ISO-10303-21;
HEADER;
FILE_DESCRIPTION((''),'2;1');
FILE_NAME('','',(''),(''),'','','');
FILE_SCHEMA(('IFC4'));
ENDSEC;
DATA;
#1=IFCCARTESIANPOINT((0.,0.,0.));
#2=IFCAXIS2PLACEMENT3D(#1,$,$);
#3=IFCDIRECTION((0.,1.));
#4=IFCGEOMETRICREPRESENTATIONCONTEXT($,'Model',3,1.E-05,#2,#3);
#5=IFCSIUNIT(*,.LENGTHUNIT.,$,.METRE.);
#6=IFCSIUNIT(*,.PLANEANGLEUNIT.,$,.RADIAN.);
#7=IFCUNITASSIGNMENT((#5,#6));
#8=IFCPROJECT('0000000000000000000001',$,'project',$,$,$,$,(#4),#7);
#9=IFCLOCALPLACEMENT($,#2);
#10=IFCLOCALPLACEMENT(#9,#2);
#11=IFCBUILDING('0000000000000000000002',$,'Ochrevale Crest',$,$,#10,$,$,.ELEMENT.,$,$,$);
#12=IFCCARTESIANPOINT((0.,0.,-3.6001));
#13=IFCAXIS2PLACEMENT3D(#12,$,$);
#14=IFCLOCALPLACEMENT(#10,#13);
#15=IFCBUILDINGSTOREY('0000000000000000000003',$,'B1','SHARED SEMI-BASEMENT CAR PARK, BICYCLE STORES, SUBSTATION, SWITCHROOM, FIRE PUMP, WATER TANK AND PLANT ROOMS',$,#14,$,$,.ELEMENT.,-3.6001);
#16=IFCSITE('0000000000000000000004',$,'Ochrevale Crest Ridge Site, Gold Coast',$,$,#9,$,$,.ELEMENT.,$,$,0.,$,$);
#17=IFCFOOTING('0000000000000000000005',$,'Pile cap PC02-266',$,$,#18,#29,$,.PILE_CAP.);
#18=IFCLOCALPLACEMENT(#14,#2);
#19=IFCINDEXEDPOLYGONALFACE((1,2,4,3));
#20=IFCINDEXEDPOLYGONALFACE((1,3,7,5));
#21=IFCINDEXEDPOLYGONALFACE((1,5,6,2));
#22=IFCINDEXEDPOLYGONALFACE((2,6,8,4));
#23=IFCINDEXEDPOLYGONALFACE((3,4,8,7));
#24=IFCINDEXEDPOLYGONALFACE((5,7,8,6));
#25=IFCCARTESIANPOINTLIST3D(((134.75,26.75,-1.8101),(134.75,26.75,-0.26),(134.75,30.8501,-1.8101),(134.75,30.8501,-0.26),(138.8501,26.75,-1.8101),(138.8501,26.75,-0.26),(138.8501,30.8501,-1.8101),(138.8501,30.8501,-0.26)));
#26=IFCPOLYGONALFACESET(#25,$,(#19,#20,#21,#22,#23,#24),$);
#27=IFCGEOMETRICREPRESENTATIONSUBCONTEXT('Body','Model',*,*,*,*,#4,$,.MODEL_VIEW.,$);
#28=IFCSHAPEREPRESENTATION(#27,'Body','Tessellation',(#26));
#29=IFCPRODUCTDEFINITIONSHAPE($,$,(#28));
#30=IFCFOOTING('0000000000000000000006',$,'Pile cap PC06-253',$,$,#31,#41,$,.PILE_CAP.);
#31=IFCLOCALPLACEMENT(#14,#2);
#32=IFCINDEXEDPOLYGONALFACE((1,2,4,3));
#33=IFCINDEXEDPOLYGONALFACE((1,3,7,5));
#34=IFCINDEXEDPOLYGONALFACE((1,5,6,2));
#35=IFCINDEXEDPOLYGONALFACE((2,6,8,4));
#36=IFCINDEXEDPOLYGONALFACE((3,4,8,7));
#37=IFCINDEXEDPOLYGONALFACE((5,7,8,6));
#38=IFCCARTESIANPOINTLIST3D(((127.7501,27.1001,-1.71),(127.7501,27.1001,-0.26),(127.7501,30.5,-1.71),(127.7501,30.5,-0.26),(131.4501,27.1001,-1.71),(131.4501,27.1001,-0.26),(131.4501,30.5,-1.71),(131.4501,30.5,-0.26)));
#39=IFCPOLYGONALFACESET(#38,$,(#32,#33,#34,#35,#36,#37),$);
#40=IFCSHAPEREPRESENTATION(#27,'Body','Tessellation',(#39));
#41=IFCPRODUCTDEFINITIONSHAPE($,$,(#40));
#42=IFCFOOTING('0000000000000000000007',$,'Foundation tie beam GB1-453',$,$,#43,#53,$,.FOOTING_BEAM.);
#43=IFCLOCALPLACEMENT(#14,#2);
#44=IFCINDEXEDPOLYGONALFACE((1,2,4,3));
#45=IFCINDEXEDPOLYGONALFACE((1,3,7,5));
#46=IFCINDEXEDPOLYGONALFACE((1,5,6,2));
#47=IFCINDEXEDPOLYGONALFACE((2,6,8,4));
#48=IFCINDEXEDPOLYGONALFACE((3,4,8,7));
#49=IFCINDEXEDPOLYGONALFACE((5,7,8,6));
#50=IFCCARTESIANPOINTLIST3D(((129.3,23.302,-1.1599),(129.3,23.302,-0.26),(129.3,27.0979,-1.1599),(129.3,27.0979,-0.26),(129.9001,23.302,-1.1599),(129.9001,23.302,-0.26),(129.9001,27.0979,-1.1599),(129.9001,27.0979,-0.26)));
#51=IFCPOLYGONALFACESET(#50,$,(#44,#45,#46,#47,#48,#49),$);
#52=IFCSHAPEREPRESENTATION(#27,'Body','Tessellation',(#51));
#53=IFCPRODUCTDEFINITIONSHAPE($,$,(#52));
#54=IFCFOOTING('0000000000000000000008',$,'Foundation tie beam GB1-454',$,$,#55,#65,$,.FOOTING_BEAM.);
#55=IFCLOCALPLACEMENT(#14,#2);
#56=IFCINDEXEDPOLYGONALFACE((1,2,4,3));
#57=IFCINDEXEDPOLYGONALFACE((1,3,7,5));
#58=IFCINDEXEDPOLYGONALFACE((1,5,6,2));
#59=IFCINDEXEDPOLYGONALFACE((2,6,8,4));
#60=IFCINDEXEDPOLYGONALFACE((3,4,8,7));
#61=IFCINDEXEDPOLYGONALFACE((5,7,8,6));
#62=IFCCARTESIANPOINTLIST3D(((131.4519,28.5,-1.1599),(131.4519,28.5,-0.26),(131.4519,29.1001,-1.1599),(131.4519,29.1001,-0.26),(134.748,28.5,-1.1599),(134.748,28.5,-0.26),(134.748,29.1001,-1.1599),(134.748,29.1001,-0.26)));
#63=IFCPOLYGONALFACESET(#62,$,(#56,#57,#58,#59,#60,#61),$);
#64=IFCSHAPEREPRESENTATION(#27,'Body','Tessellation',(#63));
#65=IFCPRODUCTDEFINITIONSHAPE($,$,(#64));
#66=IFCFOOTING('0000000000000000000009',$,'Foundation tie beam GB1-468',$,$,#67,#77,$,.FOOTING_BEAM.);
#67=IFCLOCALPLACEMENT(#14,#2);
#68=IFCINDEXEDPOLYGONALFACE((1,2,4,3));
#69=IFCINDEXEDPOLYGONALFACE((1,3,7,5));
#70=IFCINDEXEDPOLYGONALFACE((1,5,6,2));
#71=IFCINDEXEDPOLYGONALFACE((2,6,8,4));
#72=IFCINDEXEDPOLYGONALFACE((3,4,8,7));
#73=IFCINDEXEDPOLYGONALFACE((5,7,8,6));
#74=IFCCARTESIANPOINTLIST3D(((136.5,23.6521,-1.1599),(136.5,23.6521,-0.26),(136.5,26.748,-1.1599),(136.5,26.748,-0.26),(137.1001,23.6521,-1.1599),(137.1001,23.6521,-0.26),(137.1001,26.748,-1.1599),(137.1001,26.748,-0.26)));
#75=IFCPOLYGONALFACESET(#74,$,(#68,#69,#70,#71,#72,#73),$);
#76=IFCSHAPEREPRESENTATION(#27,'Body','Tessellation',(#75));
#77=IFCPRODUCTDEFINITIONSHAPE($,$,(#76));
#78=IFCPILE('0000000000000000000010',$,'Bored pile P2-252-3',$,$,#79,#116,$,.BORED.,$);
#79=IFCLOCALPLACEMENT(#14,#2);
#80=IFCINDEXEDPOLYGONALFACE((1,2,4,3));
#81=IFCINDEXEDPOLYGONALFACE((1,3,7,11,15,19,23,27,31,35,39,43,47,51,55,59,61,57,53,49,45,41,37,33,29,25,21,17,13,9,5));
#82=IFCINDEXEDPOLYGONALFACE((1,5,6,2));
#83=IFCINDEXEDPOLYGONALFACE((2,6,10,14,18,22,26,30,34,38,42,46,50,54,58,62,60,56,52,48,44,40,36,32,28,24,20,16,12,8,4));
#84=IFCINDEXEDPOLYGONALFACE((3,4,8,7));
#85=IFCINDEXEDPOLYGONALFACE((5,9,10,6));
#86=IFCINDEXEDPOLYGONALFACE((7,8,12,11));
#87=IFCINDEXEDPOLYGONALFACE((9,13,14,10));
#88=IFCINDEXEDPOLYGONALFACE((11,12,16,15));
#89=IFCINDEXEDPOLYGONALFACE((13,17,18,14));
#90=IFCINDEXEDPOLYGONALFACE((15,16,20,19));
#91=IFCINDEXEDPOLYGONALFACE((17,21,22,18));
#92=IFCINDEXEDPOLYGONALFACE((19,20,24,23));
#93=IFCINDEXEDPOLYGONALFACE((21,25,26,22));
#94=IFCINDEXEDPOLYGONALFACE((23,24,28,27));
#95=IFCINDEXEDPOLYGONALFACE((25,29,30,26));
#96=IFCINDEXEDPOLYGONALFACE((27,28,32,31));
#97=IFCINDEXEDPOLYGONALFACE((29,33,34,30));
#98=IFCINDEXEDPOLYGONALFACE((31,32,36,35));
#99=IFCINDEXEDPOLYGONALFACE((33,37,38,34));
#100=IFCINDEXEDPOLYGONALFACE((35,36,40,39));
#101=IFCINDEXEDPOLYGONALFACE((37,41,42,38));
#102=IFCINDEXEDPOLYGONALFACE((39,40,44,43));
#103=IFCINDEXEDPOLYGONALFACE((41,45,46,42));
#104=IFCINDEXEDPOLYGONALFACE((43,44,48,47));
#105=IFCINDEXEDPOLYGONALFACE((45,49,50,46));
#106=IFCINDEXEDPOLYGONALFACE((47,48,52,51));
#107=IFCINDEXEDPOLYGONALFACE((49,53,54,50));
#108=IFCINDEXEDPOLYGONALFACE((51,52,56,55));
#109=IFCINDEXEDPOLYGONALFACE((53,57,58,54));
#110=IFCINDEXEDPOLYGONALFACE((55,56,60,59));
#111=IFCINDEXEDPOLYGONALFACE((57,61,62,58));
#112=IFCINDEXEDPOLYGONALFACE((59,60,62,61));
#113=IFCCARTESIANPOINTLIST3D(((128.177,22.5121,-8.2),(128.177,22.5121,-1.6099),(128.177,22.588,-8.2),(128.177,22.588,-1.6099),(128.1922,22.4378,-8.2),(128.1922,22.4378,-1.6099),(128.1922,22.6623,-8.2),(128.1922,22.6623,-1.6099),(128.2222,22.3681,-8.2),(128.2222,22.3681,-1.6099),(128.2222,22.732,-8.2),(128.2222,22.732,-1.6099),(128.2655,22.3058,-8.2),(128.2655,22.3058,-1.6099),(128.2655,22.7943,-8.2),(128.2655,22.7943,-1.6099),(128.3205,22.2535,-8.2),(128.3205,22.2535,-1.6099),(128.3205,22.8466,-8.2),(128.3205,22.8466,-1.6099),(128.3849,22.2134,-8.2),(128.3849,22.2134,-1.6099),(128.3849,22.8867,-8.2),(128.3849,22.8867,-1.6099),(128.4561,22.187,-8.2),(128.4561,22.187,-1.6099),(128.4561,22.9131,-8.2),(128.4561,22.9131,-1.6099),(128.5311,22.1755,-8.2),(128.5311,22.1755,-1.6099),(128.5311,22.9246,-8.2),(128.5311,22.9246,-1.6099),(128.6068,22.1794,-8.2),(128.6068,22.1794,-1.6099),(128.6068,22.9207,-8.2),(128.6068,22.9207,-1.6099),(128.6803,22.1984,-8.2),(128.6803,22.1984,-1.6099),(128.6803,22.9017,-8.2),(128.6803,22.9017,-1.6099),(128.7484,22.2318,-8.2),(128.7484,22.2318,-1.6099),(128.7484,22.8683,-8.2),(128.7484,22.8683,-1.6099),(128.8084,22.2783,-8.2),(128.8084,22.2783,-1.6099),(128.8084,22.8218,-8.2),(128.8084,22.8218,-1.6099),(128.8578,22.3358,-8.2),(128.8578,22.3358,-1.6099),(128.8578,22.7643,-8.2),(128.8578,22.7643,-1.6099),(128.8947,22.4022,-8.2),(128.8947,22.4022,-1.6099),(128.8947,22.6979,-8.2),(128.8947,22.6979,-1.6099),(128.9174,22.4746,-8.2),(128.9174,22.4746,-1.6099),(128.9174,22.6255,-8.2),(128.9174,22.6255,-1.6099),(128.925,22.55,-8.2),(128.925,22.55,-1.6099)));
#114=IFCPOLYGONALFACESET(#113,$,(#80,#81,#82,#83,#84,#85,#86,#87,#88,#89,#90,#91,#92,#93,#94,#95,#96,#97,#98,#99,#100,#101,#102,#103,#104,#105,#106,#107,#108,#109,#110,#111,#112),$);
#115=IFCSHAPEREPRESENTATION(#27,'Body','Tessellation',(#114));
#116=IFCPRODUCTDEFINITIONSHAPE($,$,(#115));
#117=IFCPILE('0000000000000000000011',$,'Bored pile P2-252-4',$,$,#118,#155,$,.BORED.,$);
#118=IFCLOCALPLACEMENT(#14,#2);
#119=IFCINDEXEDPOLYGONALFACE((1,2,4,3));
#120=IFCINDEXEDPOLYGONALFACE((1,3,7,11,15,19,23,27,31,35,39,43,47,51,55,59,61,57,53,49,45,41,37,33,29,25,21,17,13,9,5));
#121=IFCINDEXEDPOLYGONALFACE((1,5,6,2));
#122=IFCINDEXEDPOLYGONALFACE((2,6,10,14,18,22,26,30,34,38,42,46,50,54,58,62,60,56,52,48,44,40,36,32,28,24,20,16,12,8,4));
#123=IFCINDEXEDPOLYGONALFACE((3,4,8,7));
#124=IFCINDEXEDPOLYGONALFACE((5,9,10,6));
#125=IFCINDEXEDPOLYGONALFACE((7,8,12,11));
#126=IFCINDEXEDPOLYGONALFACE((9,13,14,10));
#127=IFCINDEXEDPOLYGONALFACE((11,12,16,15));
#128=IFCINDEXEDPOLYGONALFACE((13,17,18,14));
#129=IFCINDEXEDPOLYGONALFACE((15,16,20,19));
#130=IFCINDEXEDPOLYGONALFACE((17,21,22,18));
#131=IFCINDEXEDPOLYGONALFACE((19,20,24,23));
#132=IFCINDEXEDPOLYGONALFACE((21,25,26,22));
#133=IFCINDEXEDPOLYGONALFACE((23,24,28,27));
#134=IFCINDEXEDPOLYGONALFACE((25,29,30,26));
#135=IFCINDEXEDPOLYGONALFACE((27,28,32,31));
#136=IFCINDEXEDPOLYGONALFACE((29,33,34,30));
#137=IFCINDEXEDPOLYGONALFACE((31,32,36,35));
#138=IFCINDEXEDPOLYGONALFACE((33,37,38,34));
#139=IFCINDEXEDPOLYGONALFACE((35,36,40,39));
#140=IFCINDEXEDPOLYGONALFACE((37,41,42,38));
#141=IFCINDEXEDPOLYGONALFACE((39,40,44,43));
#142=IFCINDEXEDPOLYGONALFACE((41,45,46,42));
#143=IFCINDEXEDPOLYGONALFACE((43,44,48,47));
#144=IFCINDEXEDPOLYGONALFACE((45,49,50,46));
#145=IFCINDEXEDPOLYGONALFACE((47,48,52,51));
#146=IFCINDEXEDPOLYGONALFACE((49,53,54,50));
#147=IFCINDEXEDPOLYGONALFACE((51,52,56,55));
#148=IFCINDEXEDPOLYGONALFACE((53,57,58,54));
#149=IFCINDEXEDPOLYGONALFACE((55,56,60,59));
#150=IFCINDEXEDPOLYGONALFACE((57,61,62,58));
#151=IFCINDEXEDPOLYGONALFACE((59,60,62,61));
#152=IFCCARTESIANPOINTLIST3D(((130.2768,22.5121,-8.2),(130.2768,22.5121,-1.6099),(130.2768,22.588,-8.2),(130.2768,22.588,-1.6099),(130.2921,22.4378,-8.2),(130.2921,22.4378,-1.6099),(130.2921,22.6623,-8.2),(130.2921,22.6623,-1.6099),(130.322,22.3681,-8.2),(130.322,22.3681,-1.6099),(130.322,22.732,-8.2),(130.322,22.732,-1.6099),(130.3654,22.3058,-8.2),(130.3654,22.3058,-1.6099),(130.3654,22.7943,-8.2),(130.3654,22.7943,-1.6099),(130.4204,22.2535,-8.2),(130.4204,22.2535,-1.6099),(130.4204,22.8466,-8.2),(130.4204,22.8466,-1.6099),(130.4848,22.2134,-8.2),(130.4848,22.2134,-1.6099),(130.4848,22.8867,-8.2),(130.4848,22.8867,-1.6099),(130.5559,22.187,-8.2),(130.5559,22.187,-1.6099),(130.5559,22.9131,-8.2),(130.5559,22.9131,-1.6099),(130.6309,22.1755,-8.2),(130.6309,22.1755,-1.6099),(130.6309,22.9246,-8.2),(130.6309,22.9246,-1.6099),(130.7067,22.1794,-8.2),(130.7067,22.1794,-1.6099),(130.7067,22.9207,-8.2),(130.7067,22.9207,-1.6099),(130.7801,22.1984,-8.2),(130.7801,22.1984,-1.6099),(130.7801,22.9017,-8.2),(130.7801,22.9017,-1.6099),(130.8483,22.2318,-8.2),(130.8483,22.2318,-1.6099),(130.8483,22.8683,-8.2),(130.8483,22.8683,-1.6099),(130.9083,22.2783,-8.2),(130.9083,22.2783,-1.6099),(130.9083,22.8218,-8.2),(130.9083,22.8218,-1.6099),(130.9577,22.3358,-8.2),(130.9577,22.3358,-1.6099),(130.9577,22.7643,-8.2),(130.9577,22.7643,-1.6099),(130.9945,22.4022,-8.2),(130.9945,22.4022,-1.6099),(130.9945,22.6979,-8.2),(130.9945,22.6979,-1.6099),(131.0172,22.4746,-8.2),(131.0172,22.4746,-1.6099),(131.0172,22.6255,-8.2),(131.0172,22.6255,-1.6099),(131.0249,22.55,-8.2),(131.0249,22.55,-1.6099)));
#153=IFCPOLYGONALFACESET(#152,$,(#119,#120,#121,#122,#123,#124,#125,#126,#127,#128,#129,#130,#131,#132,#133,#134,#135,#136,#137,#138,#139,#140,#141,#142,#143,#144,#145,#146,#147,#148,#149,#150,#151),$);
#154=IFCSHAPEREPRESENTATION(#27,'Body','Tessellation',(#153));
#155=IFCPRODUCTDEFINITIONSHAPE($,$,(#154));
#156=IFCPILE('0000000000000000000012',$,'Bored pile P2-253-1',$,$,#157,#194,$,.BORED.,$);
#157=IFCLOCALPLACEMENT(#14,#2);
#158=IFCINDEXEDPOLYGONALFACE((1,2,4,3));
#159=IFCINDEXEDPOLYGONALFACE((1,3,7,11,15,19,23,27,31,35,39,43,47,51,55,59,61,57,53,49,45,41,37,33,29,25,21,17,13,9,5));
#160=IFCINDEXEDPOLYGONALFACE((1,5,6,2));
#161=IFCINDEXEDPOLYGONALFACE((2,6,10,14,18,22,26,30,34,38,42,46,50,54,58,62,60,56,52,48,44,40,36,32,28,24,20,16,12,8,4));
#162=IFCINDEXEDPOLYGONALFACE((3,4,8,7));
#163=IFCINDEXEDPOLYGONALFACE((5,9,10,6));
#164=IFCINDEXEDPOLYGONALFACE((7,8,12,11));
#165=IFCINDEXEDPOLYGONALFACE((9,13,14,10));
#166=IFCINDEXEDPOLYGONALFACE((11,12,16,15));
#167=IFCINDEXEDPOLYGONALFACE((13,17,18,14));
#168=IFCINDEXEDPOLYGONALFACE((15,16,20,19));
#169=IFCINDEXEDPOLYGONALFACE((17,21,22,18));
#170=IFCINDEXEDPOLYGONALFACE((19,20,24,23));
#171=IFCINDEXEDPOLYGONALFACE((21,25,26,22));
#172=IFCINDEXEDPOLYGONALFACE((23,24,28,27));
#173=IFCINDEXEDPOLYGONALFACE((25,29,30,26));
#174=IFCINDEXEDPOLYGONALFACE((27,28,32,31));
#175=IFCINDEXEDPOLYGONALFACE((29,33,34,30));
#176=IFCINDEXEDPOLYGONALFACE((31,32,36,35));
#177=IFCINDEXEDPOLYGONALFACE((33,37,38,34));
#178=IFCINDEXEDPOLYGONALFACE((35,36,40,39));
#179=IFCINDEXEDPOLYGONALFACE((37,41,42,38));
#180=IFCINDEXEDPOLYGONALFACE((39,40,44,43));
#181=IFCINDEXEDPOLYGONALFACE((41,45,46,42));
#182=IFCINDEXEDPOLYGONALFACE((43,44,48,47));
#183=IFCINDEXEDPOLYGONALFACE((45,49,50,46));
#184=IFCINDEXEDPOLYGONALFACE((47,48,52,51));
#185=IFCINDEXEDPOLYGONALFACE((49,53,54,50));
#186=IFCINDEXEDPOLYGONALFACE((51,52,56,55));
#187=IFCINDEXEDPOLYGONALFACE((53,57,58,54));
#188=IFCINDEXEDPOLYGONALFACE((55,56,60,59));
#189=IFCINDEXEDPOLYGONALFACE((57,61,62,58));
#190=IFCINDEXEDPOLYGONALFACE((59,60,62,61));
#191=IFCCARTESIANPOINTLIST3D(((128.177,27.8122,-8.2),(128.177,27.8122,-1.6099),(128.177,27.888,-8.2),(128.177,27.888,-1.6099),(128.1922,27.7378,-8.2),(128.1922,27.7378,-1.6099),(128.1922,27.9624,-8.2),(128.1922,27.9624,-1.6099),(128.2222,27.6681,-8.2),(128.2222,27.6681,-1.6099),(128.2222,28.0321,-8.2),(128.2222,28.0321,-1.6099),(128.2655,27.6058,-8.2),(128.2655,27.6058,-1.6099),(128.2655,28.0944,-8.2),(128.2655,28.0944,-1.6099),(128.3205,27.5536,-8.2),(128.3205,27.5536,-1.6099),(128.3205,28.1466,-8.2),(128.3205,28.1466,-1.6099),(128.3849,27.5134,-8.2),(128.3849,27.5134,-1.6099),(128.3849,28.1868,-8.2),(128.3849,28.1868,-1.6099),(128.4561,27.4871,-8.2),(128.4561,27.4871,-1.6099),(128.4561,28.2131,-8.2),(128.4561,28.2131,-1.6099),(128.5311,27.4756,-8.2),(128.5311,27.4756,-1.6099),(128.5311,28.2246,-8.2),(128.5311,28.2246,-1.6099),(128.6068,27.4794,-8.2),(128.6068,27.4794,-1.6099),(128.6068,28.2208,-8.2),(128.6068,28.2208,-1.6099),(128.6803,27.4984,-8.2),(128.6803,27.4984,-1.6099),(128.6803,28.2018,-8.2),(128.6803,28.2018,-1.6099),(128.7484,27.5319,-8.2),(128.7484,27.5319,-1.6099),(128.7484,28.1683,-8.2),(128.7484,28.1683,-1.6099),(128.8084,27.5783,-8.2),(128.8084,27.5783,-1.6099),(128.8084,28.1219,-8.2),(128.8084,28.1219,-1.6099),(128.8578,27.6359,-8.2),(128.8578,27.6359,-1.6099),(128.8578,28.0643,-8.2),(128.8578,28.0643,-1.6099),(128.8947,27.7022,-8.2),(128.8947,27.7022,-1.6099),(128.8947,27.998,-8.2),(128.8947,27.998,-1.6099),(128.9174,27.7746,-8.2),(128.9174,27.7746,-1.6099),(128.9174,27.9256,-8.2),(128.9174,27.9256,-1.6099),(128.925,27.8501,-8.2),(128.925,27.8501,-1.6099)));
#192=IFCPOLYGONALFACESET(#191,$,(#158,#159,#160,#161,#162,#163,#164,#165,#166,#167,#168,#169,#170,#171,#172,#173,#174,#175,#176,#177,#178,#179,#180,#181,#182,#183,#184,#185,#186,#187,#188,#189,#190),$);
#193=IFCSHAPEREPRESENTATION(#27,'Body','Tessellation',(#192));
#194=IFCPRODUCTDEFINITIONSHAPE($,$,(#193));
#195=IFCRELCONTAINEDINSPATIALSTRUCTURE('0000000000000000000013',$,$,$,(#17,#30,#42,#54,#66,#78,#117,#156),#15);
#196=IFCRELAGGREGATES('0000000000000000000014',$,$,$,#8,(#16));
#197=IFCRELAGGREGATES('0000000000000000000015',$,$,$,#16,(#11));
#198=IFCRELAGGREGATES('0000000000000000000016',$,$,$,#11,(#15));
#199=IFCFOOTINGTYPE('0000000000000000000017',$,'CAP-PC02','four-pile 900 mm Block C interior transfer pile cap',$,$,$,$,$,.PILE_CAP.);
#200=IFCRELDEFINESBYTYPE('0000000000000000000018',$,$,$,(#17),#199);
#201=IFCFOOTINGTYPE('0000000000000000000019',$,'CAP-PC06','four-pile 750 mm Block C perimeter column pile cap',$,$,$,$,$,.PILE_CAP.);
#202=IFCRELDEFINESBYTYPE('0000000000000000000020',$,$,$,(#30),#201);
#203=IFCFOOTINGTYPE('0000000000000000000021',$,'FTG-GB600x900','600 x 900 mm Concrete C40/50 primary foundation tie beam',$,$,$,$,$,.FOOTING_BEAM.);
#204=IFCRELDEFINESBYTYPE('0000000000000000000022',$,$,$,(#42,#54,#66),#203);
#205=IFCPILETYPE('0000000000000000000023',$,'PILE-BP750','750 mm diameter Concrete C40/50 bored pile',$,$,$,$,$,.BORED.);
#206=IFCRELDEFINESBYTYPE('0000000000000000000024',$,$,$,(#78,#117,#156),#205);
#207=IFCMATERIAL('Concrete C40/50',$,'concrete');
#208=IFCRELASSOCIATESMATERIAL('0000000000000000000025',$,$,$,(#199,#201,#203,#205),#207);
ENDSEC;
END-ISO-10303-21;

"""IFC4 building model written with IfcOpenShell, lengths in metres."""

from ifc_helpers import new_model, si_unit, direction, frame, origin, origin_2d, place, context, subcontext, project, spatial, rectangle, circle, extrude, material, material_profile, profile_set, type_object, element, save


model = new_model("IFC4")

# Units and contexts
model_context = context("Model", 3, precision=1e-05, world=origin(), true_north=direction((0.0, 1.0)))
body_context = subcontext(model_context, "Body", "Model", "MODEL_VIEW")
ifc_project = project(units=[si_unit("LENGTHUNIT", "METRE"), si_unit("PLANEANGLEUNIT", "RADIAN")], contexts=[model_context])

# Site, building, storey
site_placement = place(None, origin())
site = spatial("IfcSite", under=ifc_project, at=site_placement, Name="Ochrevale Crest Ridge Site, Gold Coast", CompositionType="ELEMENT", RefElevation=0.0)
building_placement = place(site_placement, origin())
building = spatial("IfcBuilding", under=site, at=building_placement, Name="Ochrevale Crest", CompositionType="ELEMENT")
storey_placement = place(building_placement, frame((0.0, 0.0, -3.6001)))
storey = spatial("IfcBuildingStorey", under=building, at=storey_placement, Name="B1", Description="SHARED SEMI-BASEMENT CAR PARK, BICYCLE STORES, SUBSTATION, SWITCHROOM, FIRE PUMP, WATER TANK AND PLANT ROOMS", CompositionType="ELEMENT", Elevation=-3.6001)

# Footings
ifc_material_1 = material(Name="Concrete C40/50", Category="concrete")
footing_type_1 = type_object("IfcFootingType", Name="CAP-PC02", Description="four-pile 900 mm Block C interior transfer pile cap", PredefinedType="PILE_CAP", material=ifc_material_1)
footing_1_placement = place(storey_placement, frame((136.8, 28.8, -1.8101), z_axis=(0.0, 0.0, 1.0), x_axis=(1.0, 0.0, 0.0)))
element("IfcFooting", 1, at=footing_1_placement, inside=storey, type_object=footing_type_1, Name="Pile cap PC02-266", PredefinedType="PILE_CAP", context=body_context, shape_type="SweptSolid", body=[
    extrude(rectangle(XDim=4.1001, YDim=4.1001, at=origin_2d()), origin(), (0.0, 0.0, 1.0), 1.55),
])
footing_type_2 = type_object("IfcFootingType", Name="CAP-PC06", Description="four-pile 750 mm Block C perimeter column pile cap", PredefinedType="PILE_CAP", material=ifc_material_1)
footing_2_placement = place(storey_placement, frame((129.6001, 28.8, -1.71), z_axis=(0.0, 0.0, 1.0), x_axis=(1.0, 0.0, 0.0)))
element("IfcFooting", 2, at=footing_2_placement, inside=storey, type_object=footing_type_2, Name="Pile cap PC06-253", PredefinedType="PILE_CAP", context=body_context, shape_type="SweptSolid", body=[
    extrude(rectangle(XDim=3.7, YDim=3.3999, at=origin_2d()), origin(), (0.0, 0.0, 1.0), 1.45),
])
ifc_material_profile_1 = material_profile(ifc_material_1, rectangle(XDim=0.6001, YDim=0.8999, at=origin_2d()), Name="GB 600x900")
ifc_profile_set_1 = profile_set([ifc_material_profile_1], Name="Concrete C40/50")
footing_type_3 = type_object("IfcFootingType", Name="FTG-GB600x900", Description="600 x 900 mm Concrete C40/50 primary foundation tie beam", PredefinedType="FOOTING_BEAM", material=ifc_profile_set_1)
footing_3_placement = place(storey_placement, frame((129.6001, 23.302, -0.71), z_axis=(0.0, 1.0, 0.0), x_axis=(-1.0, 0.0, 0.0)))
element("IfcFooting", 3, at=footing_3_placement, inside=storey, type_object=footing_type_3, Name="Foundation tie beam GB1-453", PredefinedType="FOOTING_BEAM", context=body_context, shape_type="SweptSolid", body=[
    extrude(rectangle(XDim=0.6001, YDim=0.8999, at=origin_2d()), origin(), (0.0, 0.0, 1.0), 3.7959),
])
footing_4_placement = place(storey_placement, frame((131.4519, 28.8, -0.71), z_axis=(1.0, 0.0, 0.0), x_axis=(0.0, 1.0, 0.0)))
element("IfcFooting", 4, at=footing_4_placement, inside=storey, type_object=footing_type_3, Name="Foundation tie beam GB1-454", PredefinedType="FOOTING_BEAM", context=body_context, shape_type="SweptSolid", body=[
    extrude(rectangle(XDim=0.6001, YDim=0.8999, at=origin_2d()), origin(), (0.0, 0.0, 1.0), 3.2961),
])
footing_5_placement = place(storey_placement, frame((136.8, 23.6521, -0.71), z_axis=(0.0, 1.0, 0.0), x_axis=(-1.0, 0.0, 0.0)))
element("IfcFooting", 5, at=footing_5_placement, inside=storey, type_object=footing_type_3, Name="Foundation tie beam GB1-468", PredefinedType="FOOTING_BEAM", context=body_context, shape_type="SweptSolid", body=[
    extrude(rectangle(XDim=0.6001, YDim=0.8999, at=origin_2d()), origin(), (0.0, 0.0, 1.0), 3.0959),
])

# Piles
ifc_material_profile_2 = material_profile(ifc_material_1, circle(Radius=0.375, at=origin_2d()), Name="BORED PILE 750")
ifc_profile_set_2 = profile_set([ifc_material_profile_2], Name="Concrete C40/50")
pile_type_1 = type_object("IfcPileType", Name="PILE-BP750", Description="750 mm diameter Concrete C40/50 bored pile", PredefinedType="BORED", material=ifc_profile_set_2)
for number, where, z_axis, x_axis, name in (
    (6, (128.55, 22.55, -1.6099), (0.0, 0.0, -1.0), (1.0, 0.0, 0.0), "Bored pile P2-252-3"),
    (7, (130.6499, 22.55, -1.6099), (0.0, 0.0, -1.0), (1.0, 0.0, 0.0), "Bored pile P2-252-4"),
    (8, (128.55, 27.8501, -1.6099), (0.0, 0.0, -1.0), (1.0, 0.0, 0.0), "Bored pile P2-253-1"),
):
    element("IfcPile", number, at=place(storey_placement, frame(where, z_axis=z_axis, x_axis=x_axis)), inside=storey, type_object=pile_type_1, Name=name, PredefinedType="BORED", context=body_context, shape_type="SweptSolid", body=[
        extrude(circle(Radius=0.375, at=origin_2d()), origin(), (0.0, 0.0, 1.0), 6.5901),
    ])

save(model, "model.ifc")
